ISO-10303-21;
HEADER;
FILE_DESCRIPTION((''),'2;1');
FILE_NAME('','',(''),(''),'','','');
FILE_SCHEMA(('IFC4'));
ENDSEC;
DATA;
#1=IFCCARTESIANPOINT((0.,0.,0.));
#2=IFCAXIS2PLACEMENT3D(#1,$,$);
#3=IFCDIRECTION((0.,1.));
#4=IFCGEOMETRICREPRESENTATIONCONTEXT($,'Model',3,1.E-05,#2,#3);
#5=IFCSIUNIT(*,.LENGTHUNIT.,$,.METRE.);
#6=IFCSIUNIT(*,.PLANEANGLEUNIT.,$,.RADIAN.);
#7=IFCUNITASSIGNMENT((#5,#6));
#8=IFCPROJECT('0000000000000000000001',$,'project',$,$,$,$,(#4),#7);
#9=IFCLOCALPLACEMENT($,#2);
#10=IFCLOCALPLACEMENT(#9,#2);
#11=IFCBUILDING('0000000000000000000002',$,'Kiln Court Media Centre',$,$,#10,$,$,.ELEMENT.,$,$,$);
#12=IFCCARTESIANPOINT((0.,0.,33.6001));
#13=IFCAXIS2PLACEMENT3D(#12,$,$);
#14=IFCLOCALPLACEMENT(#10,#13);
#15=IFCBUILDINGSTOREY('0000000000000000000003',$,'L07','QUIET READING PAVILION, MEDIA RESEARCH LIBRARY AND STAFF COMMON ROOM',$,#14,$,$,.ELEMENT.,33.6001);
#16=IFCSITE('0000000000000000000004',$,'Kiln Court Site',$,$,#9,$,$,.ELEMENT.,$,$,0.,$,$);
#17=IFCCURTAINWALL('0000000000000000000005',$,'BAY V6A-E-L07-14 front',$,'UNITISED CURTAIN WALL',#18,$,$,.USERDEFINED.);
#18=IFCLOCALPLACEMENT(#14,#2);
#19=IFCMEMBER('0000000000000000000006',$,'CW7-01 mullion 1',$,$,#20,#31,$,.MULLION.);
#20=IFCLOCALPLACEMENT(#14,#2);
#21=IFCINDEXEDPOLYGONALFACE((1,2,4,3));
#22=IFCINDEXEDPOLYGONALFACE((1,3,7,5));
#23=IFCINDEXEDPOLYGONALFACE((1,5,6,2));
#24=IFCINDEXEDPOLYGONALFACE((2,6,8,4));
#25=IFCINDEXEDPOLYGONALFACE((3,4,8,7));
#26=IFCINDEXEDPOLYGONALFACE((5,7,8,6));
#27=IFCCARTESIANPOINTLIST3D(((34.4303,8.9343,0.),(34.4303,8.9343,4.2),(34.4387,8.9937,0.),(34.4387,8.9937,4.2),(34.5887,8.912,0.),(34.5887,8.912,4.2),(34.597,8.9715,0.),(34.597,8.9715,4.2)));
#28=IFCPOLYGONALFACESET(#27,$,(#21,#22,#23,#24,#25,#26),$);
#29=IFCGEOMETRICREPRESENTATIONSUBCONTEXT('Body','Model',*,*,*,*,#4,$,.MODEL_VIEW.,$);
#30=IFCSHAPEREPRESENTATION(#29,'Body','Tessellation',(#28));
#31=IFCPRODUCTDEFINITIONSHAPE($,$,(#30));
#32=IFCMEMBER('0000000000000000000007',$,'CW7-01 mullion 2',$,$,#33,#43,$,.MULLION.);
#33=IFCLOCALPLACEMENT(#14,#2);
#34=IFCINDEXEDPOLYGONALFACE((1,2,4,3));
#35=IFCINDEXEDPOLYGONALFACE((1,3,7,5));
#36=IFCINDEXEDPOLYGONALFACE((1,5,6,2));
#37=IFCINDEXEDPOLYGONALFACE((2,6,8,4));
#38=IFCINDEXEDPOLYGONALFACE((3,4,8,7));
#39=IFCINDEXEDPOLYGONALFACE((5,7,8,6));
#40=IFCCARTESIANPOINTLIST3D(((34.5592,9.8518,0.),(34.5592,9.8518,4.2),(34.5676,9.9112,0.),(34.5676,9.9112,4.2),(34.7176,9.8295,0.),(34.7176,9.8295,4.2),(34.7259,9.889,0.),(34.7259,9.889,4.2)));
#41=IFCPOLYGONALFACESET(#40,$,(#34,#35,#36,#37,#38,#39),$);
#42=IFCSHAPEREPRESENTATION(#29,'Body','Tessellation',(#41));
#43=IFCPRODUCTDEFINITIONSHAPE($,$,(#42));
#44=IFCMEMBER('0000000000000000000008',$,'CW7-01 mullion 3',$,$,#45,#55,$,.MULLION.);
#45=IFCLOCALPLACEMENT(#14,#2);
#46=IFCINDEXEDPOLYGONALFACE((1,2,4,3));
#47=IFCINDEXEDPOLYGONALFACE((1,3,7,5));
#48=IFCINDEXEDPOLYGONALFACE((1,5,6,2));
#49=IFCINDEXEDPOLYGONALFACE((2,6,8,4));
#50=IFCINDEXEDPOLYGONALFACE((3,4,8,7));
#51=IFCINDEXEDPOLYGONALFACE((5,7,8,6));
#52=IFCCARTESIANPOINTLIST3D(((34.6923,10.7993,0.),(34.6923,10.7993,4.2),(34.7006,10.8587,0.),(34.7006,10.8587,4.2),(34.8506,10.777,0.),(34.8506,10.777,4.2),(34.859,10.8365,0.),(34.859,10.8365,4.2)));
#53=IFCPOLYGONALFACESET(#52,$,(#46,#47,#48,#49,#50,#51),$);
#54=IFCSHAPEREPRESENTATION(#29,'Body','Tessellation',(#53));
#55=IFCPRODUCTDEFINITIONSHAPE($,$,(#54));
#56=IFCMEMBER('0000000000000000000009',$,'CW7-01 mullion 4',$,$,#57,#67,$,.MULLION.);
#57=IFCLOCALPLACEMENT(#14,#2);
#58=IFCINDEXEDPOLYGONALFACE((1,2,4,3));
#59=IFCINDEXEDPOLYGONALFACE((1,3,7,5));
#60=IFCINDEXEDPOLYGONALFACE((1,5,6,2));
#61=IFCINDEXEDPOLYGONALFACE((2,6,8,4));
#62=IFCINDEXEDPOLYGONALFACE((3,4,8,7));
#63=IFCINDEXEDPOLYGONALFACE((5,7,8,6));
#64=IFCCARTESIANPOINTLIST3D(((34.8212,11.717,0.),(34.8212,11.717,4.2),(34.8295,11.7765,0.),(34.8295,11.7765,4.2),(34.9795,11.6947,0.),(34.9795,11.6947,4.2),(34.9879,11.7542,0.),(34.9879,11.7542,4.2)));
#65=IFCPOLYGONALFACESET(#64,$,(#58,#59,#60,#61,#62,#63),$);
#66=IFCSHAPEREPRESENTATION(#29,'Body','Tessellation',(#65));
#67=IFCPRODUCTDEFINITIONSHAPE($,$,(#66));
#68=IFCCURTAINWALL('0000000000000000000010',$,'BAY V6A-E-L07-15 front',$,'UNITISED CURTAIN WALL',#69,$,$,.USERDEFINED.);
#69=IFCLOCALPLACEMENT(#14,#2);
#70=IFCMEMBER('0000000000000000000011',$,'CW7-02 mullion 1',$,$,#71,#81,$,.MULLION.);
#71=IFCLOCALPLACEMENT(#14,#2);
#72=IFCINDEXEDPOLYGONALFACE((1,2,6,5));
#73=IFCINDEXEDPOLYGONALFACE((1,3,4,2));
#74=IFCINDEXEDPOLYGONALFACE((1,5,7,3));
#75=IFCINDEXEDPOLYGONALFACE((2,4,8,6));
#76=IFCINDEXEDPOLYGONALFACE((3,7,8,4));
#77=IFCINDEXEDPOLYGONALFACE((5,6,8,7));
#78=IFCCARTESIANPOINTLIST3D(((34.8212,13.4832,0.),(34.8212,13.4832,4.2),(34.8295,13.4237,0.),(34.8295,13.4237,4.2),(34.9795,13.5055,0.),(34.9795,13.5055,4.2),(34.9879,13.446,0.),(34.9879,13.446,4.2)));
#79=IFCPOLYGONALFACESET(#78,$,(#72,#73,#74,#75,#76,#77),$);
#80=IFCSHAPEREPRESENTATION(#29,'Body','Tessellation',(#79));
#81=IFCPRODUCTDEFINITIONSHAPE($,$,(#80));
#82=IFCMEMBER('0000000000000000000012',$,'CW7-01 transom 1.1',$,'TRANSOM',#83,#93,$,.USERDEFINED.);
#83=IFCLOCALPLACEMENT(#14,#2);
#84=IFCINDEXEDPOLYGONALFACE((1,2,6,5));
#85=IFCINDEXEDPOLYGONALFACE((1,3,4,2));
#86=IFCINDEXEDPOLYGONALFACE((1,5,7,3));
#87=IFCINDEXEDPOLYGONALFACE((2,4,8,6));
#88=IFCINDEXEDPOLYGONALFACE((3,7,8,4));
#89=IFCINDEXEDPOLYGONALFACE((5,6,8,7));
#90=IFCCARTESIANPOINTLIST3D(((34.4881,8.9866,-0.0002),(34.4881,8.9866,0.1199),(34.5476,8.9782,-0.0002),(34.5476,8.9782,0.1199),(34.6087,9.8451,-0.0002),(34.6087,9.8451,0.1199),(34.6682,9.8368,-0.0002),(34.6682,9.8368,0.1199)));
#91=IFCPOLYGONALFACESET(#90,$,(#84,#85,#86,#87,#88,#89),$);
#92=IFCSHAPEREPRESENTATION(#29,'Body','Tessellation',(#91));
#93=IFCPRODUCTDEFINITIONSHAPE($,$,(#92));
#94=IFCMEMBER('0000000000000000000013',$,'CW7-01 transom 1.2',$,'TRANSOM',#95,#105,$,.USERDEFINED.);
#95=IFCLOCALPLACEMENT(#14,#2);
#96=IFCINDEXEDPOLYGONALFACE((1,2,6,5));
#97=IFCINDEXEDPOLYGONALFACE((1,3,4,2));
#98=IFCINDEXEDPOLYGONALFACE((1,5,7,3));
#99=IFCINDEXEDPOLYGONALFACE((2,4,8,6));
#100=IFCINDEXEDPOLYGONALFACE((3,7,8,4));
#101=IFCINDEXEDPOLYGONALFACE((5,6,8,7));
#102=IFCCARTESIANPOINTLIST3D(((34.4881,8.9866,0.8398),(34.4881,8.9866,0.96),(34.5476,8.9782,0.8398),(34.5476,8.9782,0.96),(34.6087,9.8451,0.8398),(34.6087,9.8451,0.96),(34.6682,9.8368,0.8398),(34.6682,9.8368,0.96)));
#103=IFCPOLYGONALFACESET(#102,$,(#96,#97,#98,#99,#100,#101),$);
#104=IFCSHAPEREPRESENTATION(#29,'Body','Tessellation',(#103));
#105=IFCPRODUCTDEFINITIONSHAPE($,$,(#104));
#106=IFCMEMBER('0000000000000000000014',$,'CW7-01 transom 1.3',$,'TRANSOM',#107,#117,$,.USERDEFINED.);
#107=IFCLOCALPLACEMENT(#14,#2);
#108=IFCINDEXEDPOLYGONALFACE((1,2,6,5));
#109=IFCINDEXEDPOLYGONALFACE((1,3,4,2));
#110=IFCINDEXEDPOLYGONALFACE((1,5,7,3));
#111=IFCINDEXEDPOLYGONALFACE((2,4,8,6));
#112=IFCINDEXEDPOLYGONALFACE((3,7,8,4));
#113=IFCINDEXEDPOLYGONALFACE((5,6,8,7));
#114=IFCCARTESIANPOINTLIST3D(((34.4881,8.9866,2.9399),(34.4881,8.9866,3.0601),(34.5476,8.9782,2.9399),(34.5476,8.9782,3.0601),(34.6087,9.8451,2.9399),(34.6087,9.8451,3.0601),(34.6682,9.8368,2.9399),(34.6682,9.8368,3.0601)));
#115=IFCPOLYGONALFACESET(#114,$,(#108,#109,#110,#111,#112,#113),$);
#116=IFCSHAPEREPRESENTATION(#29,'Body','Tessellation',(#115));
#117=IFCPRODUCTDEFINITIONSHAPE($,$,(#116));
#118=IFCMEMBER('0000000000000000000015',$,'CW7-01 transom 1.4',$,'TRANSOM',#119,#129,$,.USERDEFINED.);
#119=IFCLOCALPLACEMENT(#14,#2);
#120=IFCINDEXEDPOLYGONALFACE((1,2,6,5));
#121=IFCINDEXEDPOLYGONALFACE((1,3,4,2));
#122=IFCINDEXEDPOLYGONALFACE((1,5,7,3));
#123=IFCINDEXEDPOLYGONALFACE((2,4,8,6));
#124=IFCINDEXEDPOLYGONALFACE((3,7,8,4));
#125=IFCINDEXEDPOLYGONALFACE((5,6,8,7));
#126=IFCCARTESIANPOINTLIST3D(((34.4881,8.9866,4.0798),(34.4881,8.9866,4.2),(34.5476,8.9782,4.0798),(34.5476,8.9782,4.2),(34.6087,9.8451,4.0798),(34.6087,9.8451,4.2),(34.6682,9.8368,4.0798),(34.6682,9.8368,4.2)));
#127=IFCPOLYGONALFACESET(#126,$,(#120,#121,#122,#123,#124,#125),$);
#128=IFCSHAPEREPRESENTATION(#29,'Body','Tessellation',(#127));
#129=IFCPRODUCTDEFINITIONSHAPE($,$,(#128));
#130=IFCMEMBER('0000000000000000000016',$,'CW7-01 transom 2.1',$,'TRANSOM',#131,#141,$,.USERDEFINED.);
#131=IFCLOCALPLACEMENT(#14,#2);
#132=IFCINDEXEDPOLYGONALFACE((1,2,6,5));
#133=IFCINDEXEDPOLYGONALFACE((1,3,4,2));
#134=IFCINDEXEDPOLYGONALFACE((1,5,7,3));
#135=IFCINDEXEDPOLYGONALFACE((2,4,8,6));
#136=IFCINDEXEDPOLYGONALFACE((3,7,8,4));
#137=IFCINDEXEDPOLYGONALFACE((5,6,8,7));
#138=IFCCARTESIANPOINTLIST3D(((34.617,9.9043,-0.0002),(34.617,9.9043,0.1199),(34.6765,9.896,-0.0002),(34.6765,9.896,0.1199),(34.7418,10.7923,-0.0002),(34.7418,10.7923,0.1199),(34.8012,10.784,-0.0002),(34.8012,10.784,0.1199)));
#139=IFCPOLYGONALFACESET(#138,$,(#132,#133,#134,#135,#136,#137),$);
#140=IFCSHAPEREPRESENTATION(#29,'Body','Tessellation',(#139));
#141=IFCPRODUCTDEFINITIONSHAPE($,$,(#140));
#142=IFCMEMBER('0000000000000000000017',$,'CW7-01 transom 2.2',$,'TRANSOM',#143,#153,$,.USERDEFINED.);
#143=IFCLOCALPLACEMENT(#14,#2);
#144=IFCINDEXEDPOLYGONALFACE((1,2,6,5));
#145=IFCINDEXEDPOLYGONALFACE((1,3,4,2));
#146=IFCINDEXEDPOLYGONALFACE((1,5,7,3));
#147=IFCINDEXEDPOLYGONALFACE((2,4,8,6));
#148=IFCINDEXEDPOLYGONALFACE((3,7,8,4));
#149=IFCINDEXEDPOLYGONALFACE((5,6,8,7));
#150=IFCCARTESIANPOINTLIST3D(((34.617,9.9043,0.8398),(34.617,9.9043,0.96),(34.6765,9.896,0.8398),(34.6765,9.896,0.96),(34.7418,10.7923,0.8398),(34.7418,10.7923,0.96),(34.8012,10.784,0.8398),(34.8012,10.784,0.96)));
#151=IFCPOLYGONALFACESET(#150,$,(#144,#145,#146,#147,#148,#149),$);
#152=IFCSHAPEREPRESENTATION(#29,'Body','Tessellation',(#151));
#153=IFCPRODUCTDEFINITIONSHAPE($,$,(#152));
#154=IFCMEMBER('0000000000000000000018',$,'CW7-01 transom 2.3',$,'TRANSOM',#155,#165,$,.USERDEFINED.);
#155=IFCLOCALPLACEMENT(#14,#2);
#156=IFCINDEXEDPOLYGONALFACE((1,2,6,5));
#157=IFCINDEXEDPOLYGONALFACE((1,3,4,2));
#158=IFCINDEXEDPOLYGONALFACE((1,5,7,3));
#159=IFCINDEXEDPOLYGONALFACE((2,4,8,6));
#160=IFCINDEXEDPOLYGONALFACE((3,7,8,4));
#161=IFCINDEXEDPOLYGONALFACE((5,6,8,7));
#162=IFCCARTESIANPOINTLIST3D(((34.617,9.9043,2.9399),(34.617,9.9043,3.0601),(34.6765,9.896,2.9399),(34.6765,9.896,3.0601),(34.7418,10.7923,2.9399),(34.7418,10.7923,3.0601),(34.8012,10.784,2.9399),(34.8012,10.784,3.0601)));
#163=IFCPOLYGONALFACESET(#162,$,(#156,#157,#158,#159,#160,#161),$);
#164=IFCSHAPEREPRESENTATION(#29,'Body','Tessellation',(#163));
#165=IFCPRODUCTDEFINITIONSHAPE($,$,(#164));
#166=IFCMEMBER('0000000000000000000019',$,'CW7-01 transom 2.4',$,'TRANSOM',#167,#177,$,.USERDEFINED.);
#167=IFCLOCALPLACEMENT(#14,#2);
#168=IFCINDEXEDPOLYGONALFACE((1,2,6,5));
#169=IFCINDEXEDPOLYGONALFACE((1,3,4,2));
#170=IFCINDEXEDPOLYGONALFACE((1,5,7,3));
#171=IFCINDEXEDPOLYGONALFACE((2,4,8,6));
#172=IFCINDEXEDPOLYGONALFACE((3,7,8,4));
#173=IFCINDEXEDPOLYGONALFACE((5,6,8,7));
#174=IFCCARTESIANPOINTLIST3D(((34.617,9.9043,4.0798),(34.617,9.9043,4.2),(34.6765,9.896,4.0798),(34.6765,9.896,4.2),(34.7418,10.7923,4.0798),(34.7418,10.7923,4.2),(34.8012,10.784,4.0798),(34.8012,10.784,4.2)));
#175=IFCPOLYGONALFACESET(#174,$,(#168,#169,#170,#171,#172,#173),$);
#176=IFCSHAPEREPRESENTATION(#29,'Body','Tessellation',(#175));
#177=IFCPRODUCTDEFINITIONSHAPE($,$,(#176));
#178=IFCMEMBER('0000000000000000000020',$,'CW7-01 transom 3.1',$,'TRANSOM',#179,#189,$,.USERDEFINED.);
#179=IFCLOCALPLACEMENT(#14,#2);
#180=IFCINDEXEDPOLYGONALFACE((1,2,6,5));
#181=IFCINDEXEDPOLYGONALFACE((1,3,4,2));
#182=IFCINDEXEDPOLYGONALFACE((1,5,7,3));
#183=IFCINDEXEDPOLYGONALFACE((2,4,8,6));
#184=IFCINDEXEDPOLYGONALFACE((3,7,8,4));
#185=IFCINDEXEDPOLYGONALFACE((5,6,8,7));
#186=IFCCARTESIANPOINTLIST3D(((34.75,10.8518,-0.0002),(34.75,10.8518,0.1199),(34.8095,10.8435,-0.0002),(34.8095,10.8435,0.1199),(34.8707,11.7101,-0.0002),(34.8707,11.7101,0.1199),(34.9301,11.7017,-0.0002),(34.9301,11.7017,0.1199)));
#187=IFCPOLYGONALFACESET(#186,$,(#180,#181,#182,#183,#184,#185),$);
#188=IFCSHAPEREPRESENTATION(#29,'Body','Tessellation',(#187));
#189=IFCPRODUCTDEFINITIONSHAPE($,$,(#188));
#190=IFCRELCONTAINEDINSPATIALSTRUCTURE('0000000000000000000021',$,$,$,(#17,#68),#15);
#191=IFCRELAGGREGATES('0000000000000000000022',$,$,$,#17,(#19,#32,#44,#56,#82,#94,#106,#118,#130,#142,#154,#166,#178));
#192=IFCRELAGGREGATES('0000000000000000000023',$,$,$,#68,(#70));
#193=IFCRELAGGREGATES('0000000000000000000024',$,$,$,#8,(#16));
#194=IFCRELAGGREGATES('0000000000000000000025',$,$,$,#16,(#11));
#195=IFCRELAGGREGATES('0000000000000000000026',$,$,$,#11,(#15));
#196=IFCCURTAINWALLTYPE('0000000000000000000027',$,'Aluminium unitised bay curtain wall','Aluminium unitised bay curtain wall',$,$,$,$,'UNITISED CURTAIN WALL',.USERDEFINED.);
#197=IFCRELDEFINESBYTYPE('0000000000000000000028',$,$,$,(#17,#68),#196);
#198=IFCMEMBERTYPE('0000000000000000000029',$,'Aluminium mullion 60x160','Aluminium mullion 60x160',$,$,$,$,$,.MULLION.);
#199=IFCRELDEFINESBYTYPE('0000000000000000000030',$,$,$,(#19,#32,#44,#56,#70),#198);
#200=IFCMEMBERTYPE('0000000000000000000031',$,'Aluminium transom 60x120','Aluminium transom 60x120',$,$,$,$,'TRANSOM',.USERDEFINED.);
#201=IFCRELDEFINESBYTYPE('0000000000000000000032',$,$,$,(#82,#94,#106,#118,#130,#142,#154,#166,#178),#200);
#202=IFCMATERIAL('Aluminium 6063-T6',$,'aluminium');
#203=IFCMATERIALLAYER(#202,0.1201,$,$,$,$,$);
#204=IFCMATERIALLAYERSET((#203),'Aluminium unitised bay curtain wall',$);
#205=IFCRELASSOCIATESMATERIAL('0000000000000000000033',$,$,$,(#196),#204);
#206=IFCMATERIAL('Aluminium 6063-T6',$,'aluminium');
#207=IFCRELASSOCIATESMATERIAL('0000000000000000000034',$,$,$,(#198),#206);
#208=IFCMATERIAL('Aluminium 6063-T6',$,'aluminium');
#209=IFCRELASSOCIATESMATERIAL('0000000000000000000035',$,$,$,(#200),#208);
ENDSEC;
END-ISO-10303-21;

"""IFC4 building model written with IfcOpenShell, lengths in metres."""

from ifc_helpers import new_model, si_unit, direction, frame, origin, origin_2d, place, context, subcontext, project, spatial, rectangle, extrude, material, layer, layer_set, material_profile, profile_set, type_object, element, aggregate, save


model = new_model("IFC4")

# Units and contexts
model_context = context("Model", 3, precision=1e-05, world=origin(), true_north=direction((0.0, 1.0)))
body_context = subcontext(model_context, "Body", "Model", "MODEL_VIEW")
ifc_project = project(units=[si_unit("LENGTHUNIT", "METRE"), si_unit("PLANEANGLEUNIT", "RADIAN")], contexts=[model_context])

# Site, building, storey
site_placement = place(None, origin())
site = spatial("IfcSite", under=ifc_project, at=site_placement, Name="Kiln Court Site", CompositionType="ELEMENT", RefElevation=0.0)
building_placement = place(site_placement, origin())
building = spatial("IfcBuilding", under=site, at=building_placement, Name="Kiln Court Media Centre", CompositionType="ELEMENT")
storey_placement = place(building_placement, frame((0.0, 0.0, 33.6001)))
storey = spatial("IfcBuildingStorey", under=building, at=storey_placement, Name="L07", Description="QUIET READING PAVILION, MEDIA RESEARCH LIBRARY AND STAFF COMMON ROOM", CompositionType="ELEMENT", Elevation=33.6001)

# Curtain wall, members
ifc_material_1 = material(Name="Aluminium 6063-T6", Category="aluminium")
ifc_layer_1 = layer(ifc_material_1, 0.1201)
ifc_layer_set_1 = layer_set([ifc_layer_1], Name="Aluminium unitised bay curtain wall")
curtain_wall_type = type_object("IfcCurtainWallType", Name="Aluminium unitised bay curtain wall", Description="Aluminium unitised bay curtain wall", ElementType="UNITISED CURTAIN WALL", PredefinedType="USERDEFINED", material=ifc_layer_set_1)
curtain_wall_1_placement = place(storey_placement, origin())
curtain_wall_1 = element("IfcCurtainWall", 1, at=curtain_wall_1_placement, inside=storey, type_object=curtain_wall_type, Name="BAY V6A-E-L07-14 front", ObjectType="UNITISED CURTAIN WALL", PredefinedType="USERDEFINED")
ifc_material_2 = material(Name="Aluminium 6063-T6", Category="aluminium")
ifc_material_profile_1 = material_profile(ifc_material_2, rectangle(XDim=0.0601, YDim=0.1599, at=origin_2d()), Name="Aluminium mullion 60x160")
ifc_profile_set_1 = profile_set([ifc_material_profile_1], Name="Aluminium 6063-T6")
member_type_1 = type_object("IfcMemberType", Name="Aluminium mullion 60x160", Description="Aluminium mullion 60x160", PredefinedType="MULLION", material=ifc_profile_set_1)
member_1_placement = place(storey_placement, frame((34.5137, 8.9529, 0.0), z_axis=(0.0, 0.0, 1.0), x_axis=(0.139162, 0.99027, 0.0)))
member_1 = element("IfcMember", 2, at=member_1_placement, type_object=member_type_1, Name="CW7-01 mullion 1", PredefinedType="MULLION", context=body_context, shape_type="SweptSolid", body=[
    extrude(rectangle(XDim=0.0601, YDim=0.1599, at=origin_2d()), origin(), (0.0, 0.0, 1.0), 4.2),
])
member_2_placement = place(storey_placement, frame((34.6426, 9.8704, 0.0), z_axis=(0.0, 0.0, 1.0), x_axis=(0.139162, 0.99027, 0.0)))
member_2 = element("IfcMember", 3, at=member_2_placement, type_object=member_type_1, Name="CW7-01 mullion 2", PredefinedType="MULLION", context=body_context, shape_type="SweptSolid", body=[
    extrude(rectangle(XDim=0.0601, YDim=0.1599, at=origin_2d()), origin(), (0.0, 0.0, 1.0), 4.2),
])
member_3_placement = place(storey_placement, frame((34.7756, 10.8179, 0.0), z_axis=(0.0, 0.0, 1.0), x_axis=(0.139162, 0.99027, 0.0)))
member_3 = element("IfcMember", 4, at=member_3_placement, type_object=member_type_1, Name="CW7-01 mullion 3", PredefinedType="MULLION", context=body_context, shape_type="SweptSolid", body=[
    extrude(rectangle(XDim=0.0601, YDim=0.1599, at=origin_2d()), origin(), (0.0, 0.0, 1.0), 4.2),
])
member_4_placement = place(storey_placement, frame((34.9045, 11.7356, 0.0), z_axis=(0.0, 0.0, 1.0), x_axis=(0.139162, 0.99027, 0.0)))
member_4 = element("IfcMember", 5, at=member_4_placement, type_object=member_type_1, Name="CW7-01 mullion 4", PredefinedType="MULLION", context=body_context, shape_type="SweptSolid", body=[
    extrude(rectangle(XDim=0.0601, YDim=0.1599, at=origin_2d()), origin(), (0.0, 0.0, 1.0), 4.2),
])

# Curtain wall, member
curtain_wall_2_placement = place(storey_placement, origin())
curtain_wall_2 = element("IfcCurtainWall", 6, at=curtain_wall_2_placement, inside=storey, type_object=curtain_wall_type, Name="BAY V6A-E-L07-15 front", ObjectType="UNITISED CURTAIN WALL", PredefinedType="USERDEFINED")
member_5_placement = place(storey_placement, frame((34.9045, 13.4646, 0.0), z_axis=(0.0, 0.0, 1.0), x_axis=(-0.139162, 0.99027, 0.0)))
member_5 = element("IfcMember", 7, at=member_5_placement, type_object=member_type_1, Name="CW7-02 mullion 1", PredefinedType="MULLION", context=body_context, shape_type="SweptSolid", body=[
    extrude(rectangle(XDim=0.0601, YDim=0.1599, at=origin_2d()), origin(), (0.0, 0.0, 1.0), 4.2),
])

# Members
ifc_material_3 = material(Name="Aluminium 6063-T6", Category="aluminium")
ifc_material_profile_2 = material_profile(ifc_material_3, rectangle(XDim=0.0601, YDim=0.1201, at=origin_2d()), Name="Aluminium transom 60x120")
ifc_profile_set_2 = profile_set([ifc_material_profile_2], Name="Aluminium 6063-T6")
member_type_2 = type_object("IfcMemberType", Name="Aluminium transom 60x120", Description="Aluminium transom 60x120", ElementType="TRANSOM", PredefinedType="USERDEFINED", material=ifc_profile_set_2)
member_6_placement = place(storey_placement, frame((34.5178, 8.9824, 0.0598), z_axis=(0.139134, 0.990274, 0.0), x_axis=(-0.990274, 0.139134, 0.0)))
member_6 = element("IfcMember", 8, at=member_6_placement, type_object=member_type_2, Name="CW7-01 transom 1.1", ObjectType="TRANSOM", PredefinedType="USERDEFINED", context=body_context, shape_type="SweptSolid", body=[
    extrude(rectangle(XDim=0.0601, YDim=0.1201, at=origin_2d()), origin(), (0.0, 0.0, 1.0), 0.8669),
])
member_7_placement = place(storey_placement, frame((34.5178, 8.9824, 0.8999), z_axis=(0.139134, 0.990274, 0.0), x_axis=(-0.990274, 0.139134, 0.0)))
member_7 = element("IfcMember", 9, at=member_7_placement, type_object=member_type_2, Name="CW7-01 transom 1.2", ObjectType="TRANSOM", PredefinedType="USERDEFINED", context=body_context, shape_type="SweptSolid", body=[
    extrude(rectangle(XDim=0.0601, YDim=0.1201, at=origin_2d()), origin(), (0.0, 0.0, 1.0), 0.8669),
])
member_8_placement = place(storey_placement, frame((34.5178, 8.9824, 3.0), z_axis=(0.139134, 0.990274, 0.0), x_axis=(-0.990274, 0.139134, 0.0)))
member_8 = element("IfcMember", 10, at=member_8_placement, type_object=member_type_2, Name="CW7-01 transom 1.3", ObjectType="TRANSOM", PredefinedType="USERDEFINED", context=body_context, shape_type="SweptSolid", body=[
    extrude(rectangle(XDim=0.0601, YDim=0.1201, at=origin_2d()), origin(), (0.0, 0.0, 1.0), 0.8669),
])
member_9_placement = place(storey_placement, frame((34.5178, 8.9824, 4.1399), z_axis=(0.139134, 0.990274, 0.0), x_axis=(-0.990274, 0.139134, 0.0)))
member_9 = element("IfcMember", 11, at=member_9_placement, type_object=member_type_2, Name="CW7-01 transom 1.4", ObjectType="TRANSOM", PredefinedType="USERDEFINED", context=body_context, shape_type="SweptSolid", body=[
    extrude(rectangle(XDim=0.0601, YDim=0.1201, at=origin_2d()), origin(), (0.0, 0.0, 1.0), 0.8669),
])
member_10_placement = place(storey_placement, frame((34.6467, 9.9001, 0.0598), z_axis=(0.139134, 0.990274, 0.0), x_axis=(-0.990274, 0.139134, 0.0)))
member_10 = element("IfcMember", 12, at=member_10_placement, type_object=member_type_2, Name="CW7-01 transom 2.1", ObjectType="TRANSOM", PredefinedType="USERDEFINED", context=body_context, shape_type="SweptSolid", body=[
    extrude(rectangle(XDim=0.0601, YDim=0.1201, at=origin_2d()), origin(), (0.0, 0.0, 1.0), 0.8967),
])
member_11_placement = place(storey_placement, frame((34.6467, 9.9001, 0.8999), z_axis=(0.139134, 0.990274, 0.0), x_axis=(-0.990274, 0.139134, 0.0)))
member_11 = element("IfcMember", 13, at=member_11_placement, type_object=member_type_2, Name="CW7-01 transom 2.2", ObjectType="TRANSOM", PredefinedType="USERDEFINED", context=body_context, shape_type="SweptSolid", body=[
    extrude(rectangle(XDim=0.0601, YDim=0.1201, at=origin_2d()), origin(), (0.0, 0.0, 1.0), 0.8967),
])
member_12_placement = place(storey_placement, frame((34.6467, 9.9001, 3.0), z_axis=(0.139134, 0.990274, 0.0), x_axis=(-0.990274, 0.139134, 0.0)))
member_12 = element("IfcMember", 14, at=member_12_placement, type_object=member_type_2, Name="CW7-01 transom 2.3", ObjectType="TRANSOM", PredefinedType="USERDEFINED", context=body_context, shape_type="SweptSolid", body=[
    extrude(rectangle(XDim=0.0601, YDim=0.1201, at=origin_2d()), origin(), (0.0, 0.0, 1.0), 0.8967),
])
member_13_placement = place(storey_placement, frame((34.6467, 9.9001, 4.1399), z_axis=(0.139134, 0.990274, 0.0), x_axis=(-0.990274, 0.139134, 0.0)))
member_13 = element("IfcMember", 15, at=member_13_placement, type_object=member_type_2, Name="CW7-01 transom 2.4", ObjectType="TRANSOM", PredefinedType="USERDEFINED", context=body_context, shape_type="SweptSolid", body=[
    extrude(rectangle(XDim=0.0601, YDim=0.1201, at=origin_2d()), origin(), (0.0, 0.0, 1.0), 0.8967),
])
member_14_placement = place(storey_placement, frame((34.7798, 10.8477, 0.0598), z_axis=(0.139173, 0.990268, 0.0), x_axis=(-0.990268, 0.139173, 0.0)))
member_14 = element("IfcMember", 16, at=member_14_placement, type_object=member_type_2, Name="CW7-01 transom 3.1", ObjectType="TRANSOM", PredefinedType="USERDEFINED", context=body_context, shape_type="SweptSolid", body=[
    extrude(rectangle(XDim=0.0601, YDim=0.1201, at=origin_2d()), origin(), (0.0, 0.0, 1.0), 0.8667),
])

aggregate(curtain_wall_1, [member_1, member_2, member_3, member_4, member_6, member_7, member_8, member_9, member_10, member_11, member_12, member_13, member_14])
aggregate(curtain_wall_2, [member_5])

save(model, "model.ifc")
